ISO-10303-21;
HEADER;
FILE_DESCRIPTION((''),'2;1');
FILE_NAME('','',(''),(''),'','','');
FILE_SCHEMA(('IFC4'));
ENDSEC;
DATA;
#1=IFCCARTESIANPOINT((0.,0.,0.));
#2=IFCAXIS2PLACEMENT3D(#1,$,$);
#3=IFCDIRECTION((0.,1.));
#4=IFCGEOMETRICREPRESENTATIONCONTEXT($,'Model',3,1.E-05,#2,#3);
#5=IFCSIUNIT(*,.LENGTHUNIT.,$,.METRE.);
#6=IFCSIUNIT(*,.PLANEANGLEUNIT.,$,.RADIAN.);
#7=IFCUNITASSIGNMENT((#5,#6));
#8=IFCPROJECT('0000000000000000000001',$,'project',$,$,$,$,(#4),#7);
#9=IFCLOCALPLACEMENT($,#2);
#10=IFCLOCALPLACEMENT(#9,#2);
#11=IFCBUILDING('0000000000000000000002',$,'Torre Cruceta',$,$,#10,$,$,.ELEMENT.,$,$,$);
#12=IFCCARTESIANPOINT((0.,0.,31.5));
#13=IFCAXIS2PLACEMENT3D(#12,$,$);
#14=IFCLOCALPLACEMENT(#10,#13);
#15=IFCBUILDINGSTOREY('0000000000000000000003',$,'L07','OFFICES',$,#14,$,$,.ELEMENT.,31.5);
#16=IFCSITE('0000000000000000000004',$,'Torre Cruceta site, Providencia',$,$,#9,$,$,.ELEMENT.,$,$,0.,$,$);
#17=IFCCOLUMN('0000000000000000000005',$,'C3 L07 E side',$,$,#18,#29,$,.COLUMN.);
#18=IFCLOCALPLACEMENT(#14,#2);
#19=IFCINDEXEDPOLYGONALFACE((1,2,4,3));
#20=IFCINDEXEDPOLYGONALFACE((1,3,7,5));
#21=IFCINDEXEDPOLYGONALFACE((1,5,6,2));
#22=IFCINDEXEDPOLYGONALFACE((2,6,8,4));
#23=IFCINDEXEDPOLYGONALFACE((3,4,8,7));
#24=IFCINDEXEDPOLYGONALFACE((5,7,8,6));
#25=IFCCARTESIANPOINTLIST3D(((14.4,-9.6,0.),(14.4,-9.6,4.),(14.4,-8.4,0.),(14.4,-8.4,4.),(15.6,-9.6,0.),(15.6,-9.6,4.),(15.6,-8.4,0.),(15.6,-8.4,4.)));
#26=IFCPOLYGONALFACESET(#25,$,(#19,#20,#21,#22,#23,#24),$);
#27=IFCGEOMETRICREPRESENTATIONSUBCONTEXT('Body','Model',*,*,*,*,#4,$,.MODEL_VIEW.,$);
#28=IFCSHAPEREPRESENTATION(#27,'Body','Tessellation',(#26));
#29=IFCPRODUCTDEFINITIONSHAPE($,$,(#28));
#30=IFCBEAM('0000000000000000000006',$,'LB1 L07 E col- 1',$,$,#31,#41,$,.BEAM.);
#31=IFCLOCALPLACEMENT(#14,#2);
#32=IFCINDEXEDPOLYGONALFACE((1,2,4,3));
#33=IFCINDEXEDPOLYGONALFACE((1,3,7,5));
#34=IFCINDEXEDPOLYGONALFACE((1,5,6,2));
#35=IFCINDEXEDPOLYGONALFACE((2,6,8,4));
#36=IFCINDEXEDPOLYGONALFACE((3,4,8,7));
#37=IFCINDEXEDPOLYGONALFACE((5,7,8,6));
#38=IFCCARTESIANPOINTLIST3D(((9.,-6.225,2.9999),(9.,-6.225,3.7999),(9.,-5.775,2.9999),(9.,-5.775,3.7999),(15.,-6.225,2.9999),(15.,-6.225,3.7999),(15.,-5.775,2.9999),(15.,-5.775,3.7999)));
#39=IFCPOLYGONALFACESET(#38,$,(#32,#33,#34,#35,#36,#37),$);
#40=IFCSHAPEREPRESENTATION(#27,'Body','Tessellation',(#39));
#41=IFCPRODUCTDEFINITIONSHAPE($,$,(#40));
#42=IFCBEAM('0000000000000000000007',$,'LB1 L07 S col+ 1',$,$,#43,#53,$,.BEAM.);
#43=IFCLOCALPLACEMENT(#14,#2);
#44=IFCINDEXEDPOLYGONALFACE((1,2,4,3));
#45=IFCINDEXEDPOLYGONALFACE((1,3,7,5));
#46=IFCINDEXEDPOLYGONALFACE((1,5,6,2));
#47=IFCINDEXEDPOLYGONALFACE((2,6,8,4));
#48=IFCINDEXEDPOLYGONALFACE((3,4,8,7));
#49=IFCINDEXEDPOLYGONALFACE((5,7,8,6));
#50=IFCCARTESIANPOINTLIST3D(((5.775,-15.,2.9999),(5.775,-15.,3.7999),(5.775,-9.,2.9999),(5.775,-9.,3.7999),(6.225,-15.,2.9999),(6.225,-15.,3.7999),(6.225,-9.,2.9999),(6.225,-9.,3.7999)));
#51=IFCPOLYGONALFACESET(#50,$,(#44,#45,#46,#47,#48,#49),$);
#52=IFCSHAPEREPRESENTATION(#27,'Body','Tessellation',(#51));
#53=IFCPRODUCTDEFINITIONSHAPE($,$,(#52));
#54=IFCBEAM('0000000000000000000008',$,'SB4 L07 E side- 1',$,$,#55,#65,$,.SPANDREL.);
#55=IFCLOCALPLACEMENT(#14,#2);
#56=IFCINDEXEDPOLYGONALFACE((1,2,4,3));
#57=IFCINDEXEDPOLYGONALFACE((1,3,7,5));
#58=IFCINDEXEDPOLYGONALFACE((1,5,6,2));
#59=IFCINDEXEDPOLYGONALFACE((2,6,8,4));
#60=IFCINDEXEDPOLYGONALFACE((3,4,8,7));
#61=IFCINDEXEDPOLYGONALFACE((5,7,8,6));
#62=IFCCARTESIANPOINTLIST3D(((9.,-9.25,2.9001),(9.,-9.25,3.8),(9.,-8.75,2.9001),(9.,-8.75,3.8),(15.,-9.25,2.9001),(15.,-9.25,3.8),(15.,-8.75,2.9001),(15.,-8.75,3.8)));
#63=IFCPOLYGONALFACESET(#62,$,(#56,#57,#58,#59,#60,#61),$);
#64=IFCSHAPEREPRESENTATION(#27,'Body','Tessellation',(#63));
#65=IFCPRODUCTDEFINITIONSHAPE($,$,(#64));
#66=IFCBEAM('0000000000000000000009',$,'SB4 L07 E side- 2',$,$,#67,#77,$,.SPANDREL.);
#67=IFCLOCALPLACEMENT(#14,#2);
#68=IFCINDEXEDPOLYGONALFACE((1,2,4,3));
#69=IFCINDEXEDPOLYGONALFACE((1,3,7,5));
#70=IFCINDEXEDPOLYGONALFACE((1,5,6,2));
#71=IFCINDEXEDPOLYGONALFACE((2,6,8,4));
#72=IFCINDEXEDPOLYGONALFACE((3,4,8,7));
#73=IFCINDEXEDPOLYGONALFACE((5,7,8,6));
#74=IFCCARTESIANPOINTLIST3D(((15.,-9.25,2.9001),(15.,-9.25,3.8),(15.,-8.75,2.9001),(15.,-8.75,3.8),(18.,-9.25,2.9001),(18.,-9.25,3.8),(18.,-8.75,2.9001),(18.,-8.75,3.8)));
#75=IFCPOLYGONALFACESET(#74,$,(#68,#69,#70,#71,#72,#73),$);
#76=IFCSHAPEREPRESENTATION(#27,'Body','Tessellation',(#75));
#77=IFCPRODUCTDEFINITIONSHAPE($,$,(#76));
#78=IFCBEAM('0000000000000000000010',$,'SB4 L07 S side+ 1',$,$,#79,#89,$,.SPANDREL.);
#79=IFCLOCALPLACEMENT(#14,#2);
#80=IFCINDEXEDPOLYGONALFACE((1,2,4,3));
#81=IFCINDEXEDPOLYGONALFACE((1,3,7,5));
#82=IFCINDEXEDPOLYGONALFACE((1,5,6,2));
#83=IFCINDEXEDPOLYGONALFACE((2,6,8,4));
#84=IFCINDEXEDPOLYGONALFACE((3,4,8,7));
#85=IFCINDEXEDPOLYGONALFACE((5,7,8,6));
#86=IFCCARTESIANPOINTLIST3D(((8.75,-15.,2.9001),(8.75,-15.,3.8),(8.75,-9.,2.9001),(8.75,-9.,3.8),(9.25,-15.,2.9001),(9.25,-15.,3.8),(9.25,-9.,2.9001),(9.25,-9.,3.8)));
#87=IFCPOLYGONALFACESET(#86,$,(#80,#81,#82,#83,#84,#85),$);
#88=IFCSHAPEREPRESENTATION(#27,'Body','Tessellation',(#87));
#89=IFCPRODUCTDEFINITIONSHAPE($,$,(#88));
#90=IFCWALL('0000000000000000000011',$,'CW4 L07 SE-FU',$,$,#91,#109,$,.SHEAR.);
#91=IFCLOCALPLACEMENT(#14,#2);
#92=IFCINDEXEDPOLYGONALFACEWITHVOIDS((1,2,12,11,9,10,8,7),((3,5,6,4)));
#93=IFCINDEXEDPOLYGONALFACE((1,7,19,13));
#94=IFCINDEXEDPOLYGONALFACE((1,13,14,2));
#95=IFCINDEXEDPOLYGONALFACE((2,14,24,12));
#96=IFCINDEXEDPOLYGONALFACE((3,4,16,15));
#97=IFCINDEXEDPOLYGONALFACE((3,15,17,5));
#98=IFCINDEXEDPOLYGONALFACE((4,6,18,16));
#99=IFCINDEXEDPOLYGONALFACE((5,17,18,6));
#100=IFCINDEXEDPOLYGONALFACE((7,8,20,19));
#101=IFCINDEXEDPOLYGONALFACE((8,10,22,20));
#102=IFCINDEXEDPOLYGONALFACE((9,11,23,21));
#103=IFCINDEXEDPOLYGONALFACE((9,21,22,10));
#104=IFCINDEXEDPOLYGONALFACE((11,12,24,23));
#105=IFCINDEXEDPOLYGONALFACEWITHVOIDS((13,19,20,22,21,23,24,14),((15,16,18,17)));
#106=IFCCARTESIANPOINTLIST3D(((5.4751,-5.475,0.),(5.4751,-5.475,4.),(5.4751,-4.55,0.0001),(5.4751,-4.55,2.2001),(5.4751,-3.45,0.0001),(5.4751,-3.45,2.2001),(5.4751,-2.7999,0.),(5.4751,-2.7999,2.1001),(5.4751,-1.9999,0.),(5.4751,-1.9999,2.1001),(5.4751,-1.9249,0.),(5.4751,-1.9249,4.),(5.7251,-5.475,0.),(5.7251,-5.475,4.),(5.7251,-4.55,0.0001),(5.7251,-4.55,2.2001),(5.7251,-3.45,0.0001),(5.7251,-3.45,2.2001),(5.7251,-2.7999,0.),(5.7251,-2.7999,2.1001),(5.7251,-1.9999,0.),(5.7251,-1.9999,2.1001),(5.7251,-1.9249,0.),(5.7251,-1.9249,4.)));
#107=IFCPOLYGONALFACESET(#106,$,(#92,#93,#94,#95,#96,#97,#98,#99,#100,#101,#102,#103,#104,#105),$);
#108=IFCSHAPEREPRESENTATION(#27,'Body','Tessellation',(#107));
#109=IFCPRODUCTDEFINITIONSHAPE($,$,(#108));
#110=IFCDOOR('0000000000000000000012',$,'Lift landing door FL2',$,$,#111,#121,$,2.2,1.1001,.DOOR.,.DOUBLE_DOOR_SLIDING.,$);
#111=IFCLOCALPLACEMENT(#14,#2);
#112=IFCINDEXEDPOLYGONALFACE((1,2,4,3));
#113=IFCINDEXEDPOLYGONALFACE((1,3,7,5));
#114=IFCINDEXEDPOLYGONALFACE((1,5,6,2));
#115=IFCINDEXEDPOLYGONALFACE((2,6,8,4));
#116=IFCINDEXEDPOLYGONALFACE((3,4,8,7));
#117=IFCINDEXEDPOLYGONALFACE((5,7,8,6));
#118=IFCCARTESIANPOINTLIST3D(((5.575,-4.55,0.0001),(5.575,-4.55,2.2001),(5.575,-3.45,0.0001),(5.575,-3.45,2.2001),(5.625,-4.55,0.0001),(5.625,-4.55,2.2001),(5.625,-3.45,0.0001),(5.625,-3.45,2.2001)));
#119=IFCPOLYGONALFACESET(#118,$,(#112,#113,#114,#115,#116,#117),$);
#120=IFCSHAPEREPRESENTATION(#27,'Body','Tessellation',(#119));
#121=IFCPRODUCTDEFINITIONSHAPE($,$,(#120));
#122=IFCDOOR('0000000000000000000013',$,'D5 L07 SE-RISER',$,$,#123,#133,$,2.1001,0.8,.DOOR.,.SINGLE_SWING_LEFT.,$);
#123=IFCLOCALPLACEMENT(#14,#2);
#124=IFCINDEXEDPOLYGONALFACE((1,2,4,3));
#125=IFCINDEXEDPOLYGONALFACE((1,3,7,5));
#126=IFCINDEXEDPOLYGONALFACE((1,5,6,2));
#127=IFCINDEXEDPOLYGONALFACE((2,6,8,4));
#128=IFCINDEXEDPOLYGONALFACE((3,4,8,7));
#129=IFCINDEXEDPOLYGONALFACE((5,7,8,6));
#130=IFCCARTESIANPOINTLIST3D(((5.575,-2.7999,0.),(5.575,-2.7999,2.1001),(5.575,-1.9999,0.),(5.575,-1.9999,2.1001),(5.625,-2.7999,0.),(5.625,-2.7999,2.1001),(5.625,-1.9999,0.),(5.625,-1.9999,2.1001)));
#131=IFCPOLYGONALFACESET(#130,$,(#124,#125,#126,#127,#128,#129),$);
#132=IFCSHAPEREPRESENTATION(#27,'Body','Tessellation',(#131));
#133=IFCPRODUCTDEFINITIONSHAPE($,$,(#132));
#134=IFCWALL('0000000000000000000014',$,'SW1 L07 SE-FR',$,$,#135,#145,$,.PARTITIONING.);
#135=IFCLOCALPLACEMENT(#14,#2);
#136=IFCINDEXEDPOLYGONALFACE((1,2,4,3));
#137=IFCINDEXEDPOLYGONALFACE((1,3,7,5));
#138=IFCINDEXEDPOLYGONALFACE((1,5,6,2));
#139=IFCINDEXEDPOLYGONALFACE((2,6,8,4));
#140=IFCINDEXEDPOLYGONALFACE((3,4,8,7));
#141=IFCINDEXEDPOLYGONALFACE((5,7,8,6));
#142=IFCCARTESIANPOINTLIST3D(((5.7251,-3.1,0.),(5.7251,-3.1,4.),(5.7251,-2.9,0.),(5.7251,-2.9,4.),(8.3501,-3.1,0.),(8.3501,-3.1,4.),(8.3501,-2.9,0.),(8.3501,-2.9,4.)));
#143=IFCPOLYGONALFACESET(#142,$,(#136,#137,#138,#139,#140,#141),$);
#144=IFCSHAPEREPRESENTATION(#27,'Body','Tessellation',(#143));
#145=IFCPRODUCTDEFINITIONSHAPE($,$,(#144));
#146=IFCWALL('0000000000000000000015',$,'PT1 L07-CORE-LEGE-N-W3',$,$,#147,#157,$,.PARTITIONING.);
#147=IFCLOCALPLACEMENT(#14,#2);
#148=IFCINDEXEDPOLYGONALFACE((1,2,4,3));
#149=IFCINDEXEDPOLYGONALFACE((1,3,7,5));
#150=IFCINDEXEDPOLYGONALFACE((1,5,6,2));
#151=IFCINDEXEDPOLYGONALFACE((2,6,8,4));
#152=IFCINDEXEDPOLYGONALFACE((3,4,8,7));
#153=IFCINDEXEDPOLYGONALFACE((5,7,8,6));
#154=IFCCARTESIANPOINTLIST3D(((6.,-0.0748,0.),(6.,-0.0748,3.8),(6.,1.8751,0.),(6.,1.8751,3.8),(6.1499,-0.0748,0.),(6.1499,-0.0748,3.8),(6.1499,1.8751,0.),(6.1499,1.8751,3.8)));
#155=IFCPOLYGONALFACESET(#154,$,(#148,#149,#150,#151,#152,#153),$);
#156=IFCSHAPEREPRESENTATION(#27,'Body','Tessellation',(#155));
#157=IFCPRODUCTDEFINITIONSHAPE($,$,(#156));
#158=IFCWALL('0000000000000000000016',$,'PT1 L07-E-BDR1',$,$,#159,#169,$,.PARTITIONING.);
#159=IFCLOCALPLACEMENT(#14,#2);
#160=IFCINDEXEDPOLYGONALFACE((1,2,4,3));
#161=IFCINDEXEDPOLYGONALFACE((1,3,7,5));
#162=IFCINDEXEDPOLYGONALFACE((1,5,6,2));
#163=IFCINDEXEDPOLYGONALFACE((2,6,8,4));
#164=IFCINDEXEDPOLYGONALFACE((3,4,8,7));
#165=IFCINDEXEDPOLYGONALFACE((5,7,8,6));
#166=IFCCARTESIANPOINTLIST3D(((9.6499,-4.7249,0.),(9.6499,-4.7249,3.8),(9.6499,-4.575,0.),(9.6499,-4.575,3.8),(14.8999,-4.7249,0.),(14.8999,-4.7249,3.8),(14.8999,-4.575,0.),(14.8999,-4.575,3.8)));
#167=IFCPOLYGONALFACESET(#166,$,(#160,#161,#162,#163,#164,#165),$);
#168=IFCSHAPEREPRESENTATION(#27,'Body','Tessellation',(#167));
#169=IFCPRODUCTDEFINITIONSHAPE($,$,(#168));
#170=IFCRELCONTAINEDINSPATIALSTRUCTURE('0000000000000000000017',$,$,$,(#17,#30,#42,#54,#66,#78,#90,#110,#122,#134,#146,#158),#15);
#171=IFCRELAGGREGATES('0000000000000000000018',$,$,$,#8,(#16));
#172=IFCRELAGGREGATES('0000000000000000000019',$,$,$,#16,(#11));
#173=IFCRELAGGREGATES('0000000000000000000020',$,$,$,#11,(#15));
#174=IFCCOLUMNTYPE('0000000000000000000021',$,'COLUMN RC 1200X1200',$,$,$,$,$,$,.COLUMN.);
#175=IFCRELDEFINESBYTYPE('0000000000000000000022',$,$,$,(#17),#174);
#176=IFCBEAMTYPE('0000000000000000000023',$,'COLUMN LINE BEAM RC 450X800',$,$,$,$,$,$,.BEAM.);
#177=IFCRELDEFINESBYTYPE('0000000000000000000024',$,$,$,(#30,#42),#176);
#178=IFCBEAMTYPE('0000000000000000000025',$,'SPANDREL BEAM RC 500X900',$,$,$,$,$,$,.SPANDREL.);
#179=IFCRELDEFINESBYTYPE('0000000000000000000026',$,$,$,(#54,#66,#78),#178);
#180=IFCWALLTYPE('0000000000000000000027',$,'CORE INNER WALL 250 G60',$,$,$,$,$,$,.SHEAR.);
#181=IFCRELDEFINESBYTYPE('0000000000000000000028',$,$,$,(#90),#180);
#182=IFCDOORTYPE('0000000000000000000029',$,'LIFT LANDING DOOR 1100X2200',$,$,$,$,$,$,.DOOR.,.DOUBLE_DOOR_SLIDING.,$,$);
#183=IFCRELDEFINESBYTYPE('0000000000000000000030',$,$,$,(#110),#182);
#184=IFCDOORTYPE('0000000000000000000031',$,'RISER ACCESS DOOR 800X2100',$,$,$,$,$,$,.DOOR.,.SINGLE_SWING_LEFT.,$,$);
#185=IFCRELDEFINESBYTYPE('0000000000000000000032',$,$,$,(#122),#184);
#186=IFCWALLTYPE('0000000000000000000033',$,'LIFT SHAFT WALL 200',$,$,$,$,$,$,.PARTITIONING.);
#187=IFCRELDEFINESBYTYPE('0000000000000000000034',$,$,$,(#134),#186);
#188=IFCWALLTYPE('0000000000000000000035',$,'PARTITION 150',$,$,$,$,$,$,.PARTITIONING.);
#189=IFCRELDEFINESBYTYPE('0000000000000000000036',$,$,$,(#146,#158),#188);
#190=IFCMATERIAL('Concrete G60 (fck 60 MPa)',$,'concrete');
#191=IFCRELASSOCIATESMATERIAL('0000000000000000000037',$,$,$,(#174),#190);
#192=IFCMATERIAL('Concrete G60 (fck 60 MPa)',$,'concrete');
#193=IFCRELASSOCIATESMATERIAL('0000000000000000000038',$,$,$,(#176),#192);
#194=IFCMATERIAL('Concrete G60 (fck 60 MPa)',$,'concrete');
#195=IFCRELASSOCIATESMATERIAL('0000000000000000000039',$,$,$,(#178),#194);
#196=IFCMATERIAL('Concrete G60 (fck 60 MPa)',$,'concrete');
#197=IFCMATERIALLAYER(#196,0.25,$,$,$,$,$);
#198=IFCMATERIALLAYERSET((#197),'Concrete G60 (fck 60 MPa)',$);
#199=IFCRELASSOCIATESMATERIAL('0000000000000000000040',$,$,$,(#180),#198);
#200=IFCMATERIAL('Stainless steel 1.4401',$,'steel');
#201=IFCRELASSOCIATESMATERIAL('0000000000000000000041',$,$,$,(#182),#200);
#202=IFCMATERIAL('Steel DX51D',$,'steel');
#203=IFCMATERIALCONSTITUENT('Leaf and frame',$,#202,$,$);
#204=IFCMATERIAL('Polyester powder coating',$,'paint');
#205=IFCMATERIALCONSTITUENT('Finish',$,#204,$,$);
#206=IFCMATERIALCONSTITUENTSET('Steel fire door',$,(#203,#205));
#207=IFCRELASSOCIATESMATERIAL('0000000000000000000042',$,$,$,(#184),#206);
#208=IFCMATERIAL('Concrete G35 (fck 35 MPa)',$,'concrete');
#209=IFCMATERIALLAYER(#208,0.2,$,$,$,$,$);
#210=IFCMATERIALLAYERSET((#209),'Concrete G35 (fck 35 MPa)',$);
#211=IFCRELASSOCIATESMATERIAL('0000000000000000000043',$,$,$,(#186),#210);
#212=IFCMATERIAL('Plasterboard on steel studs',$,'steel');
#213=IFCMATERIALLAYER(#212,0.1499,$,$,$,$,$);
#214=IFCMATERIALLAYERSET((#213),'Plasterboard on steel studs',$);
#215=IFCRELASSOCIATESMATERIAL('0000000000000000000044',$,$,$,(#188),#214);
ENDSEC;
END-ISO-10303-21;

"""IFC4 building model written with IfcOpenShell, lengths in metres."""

from ifc_helpers import new_model, si_unit, direction, frame, frame_2d, origin, origin_2d, place, context, subcontext, project, spatial, rectangle, extrude, material, layer, layer_set, constituent, constituent_set, material_profile, profile_set, type_object, element, fill, save


model = new_model("IFC4")

# Units and contexts
model_context = context("Model", 3, precision=1e-05, world=origin(), true_north=direction((0.0, 1.0)))
body_context = subcontext(model_context, "Body", "Model", "MODEL_VIEW")
ifc_project = project(units=[si_unit("LENGTHUNIT", "METRE"), si_unit("PLANEANGLEUNIT", "RADIAN")], contexts=[model_context])

# Site, building, storey
site_placement = place(None, origin())
site = spatial("IfcSite", under=ifc_project, at=site_placement, Name="Torre Cruceta site, Providencia", CompositionType="ELEMENT", RefElevation=0.0)
building_placement = place(site_placement, origin())
building = spatial("IfcBuilding", under=site, at=building_placement, Name="Torre Cruceta", CompositionType="ELEMENT")
storey_placement = place(building_placement, frame((0.0, 0.0, 31.5)))
storey = spatial("IfcBuildingStorey", under=building, at=storey_placement, Name="L07", Description="OFFICES", CompositionType="ELEMENT", Elevation=31.5)

# Column
ifc_material_1 = material(Name="Concrete G60 (fck 60 MPa)", Category="concrete")
ifc_material_profile_1 = material_profile(ifc_material_1, rectangle(XDim=1.2, YDim=1.2, at=origin_2d()), Name="RC 1200X1200")
ifc_profile_set_1 = profile_set([ifc_material_profile_1], Name="Concrete G60 (fck 60 MPa)")
column_type = type_object("IfcColumnType", Name="COLUMN RC 1200X1200", PredefinedType="COLUMN", material=ifc_profile_set_1)
column_placement = place(storey_placement, frame((15.0, -9.0, 0.0), z_axis=(0.0, 0.0, 1.0), x_axis=(1.0, 0.0, 0.0)))
element("IfcColumn", 1, at=column_placement, inside=storey, type_object=column_type, Name="C3 L07 E side", PredefinedType="COLUMN", context=body_context, shape_type="SweptSolid", body=[
    extrude(rectangle(XDim=1.2, YDim=1.2, at=origin_2d()), origin(), (0.0, 0.0, 1.0), 4.0),
])

# Beams
ifc_material_2 = material(Name="Concrete G60 (fck 60 MPa)", Category="concrete")
ifc_material_profile_2 = material_profile(ifc_material_2, rectangle(XDim=0.45, YDim=0.8, at=origin_2d()), Name="RC 450X800")
ifc_profile_set_2 = profile_set([ifc_material_profile_2], Name="Concrete G60 (fck 60 MPa)")
beam_type_1 = type_object("IfcBeamType", Name="COLUMN LINE BEAM RC 450X800", PredefinedType="BEAM", material=ifc_profile_set_2)
for number, where, z_axis, x_axis, name in (
    (2, (9.0, -6.0, 3.3999), (1.0, 0.0, 0.0), (0.0, 1.0, 0.0), "LB1 L07 E col- 1"),
    (3, (6.0, -9.0, 3.3999), (0.0, -1.0, 0.0), (1.0, 0.0, 0.0), "LB1 L07 S col+ 1"),
):
    element("IfcBeam", number, at=place(storey_placement, frame(where, z_axis=z_axis, x_axis=x_axis)), inside=storey, type_object=beam_type_1, Name=name, PredefinedType="BEAM", context=body_context, shape_type="SweptSolid", body=[
        extrude(rectangle(XDim=0.45, YDim=0.8, at=origin_2d()), origin(), (0.0, 0.0, 1.0), 6.0),
    ])
ifc_material_3 = material(Name="Concrete G60 (fck 60 MPa)", Category="concrete")
ifc_material_profile_3 = material_profile(ifc_material_3, rectangle(XDim=0.5, YDim=0.8999, at=origin_2d()), Name="RC 500X900")
ifc_profile_set_3 = profile_set([ifc_material_profile_3], Name="Concrete G60 (fck 60 MPa)")
beam_type_2 = type_object("IfcBeamType", Name="SPANDREL BEAM RC 500X900", PredefinedType="SPANDREL", material=ifc_profile_set_3)
beam_1_placement = place(storey_placement, frame((9.0, -9.0, 3.3501), z_axis=(1.0, 0.0, 0.0), x_axis=(0.0, 1.0, 0.0)))
element("IfcBeam", 4, at=beam_1_placement, inside=storey, type_object=beam_type_2, Name="SB4 L07 E side- 1", PredefinedType="SPANDREL", context=body_context, shape_type="SweptSolid", body=[
    extrude(rectangle(XDim=0.5, YDim=0.8999, at=origin_2d()), origin(), (0.0, 0.0, 1.0), 6.0),
])
beam_2_placement = place(storey_placement, frame((15.0, -9.0, 3.3501), z_axis=(1.0, 0.0, 0.0), x_axis=(0.0, 1.0, 0.0)))
element("IfcBeam", 5, at=beam_2_placement, inside=storey, type_object=beam_type_2, Name="SB4 L07 E side- 2", PredefinedType="SPANDREL", context=body_context, shape_type="SweptSolid", body=[
    extrude(rectangle(XDim=0.5, YDim=0.8999, at=origin_2d()), origin(), (0.0, 0.0, 1.0), 3.0),
])
beam_3_placement = place(storey_placement, frame((9.0, -9.0, 3.3501), z_axis=(0.0, -1.0, 0.0), x_axis=(1.0, 0.0, 0.0)))
element("IfcBeam", 6, at=beam_3_placement, inside=storey, type_object=beam_type_2, Name="SB4 L07 S side+ 1", PredefinedType="SPANDREL", context=body_context, shape_type="SweptSolid", body=[
    extrude(rectangle(XDim=0.5, YDim=0.8999, at=origin_2d()), origin(), (0.0, 0.0, 1.0), 6.0),
])

# Wall, openings, doors
ifc_material_4 = material(Name="Concrete G60 (fck 60 MPa)", Category="concrete")
ifc_layer_1 = layer(ifc_material_4, 0.25)
ifc_layer_set_1 = layer_set([ifc_layer_1], Name="Concrete G60 (fck 60 MPa)")
wall_type_1 = type_object("IfcWallType", Name="CORE INNER WALL 250 G60", PredefinedType="SHEAR", material=ifc_layer_set_1)
wall_1_placement = place(storey_placement, frame((5.6001, -1.925, 0.0), z_axis=(0.0, 0.0, 1.0), x_axis=(0.0, -1.0, 0.0)))
wall_1 = element("IfcWall", 7, at=wall_1_placement, inside=storey, type_object=wall_type_1, Name="CW4 L07 SE-FU", PredefinedType="SHEAR", context=body_context, shape_type="SweptSolid", body=[
    extrude(rectangle(XDim=3.55, YDim=0.25, at=frame_2d((1.7749, 0.0))), origin(), (0.0, 0.0, 1.0), 4.0),
])
opening_1_placement = place(wall_1_placement, frame((1.5249, 0.0, 0.0)))
opening_1 = element("IfcOpeningElement", 8, at=opening_1_placement, cuts=wall_1, PredefinedType="OPENING", context=body_context, shape_type="SweptSolid", body=[
    extrude(rectangle(XDim=1.1001, YDim=2.2, at=frame_2d((0.55, 1.1001))), frame((0.0, 0.135, 0.0), z_axis=(0.0, -1.0, 0.0), x_axis=(1.0, 0.0, 0.0)), (0.0, 0.0, 1.0), 0.27),
])
opening_2_placement = place(wall_1_placement, frame((0.075, 0.0, 0.0)))
opening_2 = element("IfcOpeningElement", 9, at=opening_2_placement, cuts=wall_1, PredefinedType="OPENING", context=body_context, shape_type="SweptSolid", body=[
    extrude(rectangle(XDim=0.8, YDim=2.1001, at=frame_2d((0.3999, 1.05))), frame((0.0, 0.135, 0.0), z_axis=(0.0, -1.0, 0.0), x_axis=(1.0, 0.0, 0.0)), (0.0, 0.0, 1.0), 0.27),
])
ifc_material_5 = material(Name="Stainless steel 1.4401", Category="steel")
door_type_1 = type_object("IfcDoorType", Name="LIFT LANDING DOOR 1100X2200", OperationType="DOUBLE_DOOR_SLIDING", PredefinedType="DOOR", material=ifc_material_5)
door_1_placement = place(opening_1_placement, origin())
door_1 = element("IfcDoor", 10, at=door_1_placement, inside=storey, type_object=door_type_1, Name="Lift landing door FL2", OperationType="DOUBLE_DOOR_SLIDING", OverallHeight=2.2, OverallWidth=1.1001, PredefinedType="DOOR", context=body_context, shape_type="SweptSolid", body=[
    extrude(rectangle(XDim=1.1001, YDim=2.2, at=frame_2d((0.55, 1.1001))), frame((0.0, 0.0249, 0.0), z_axis=(0.0, -1.0, 0.0), x_axis=(1.0, 0.0, 0.0)), (0.0, 0.0, 1.0), 0.05),
])
fill(opening_1, door_1)
ifc_material_6 = material(Name="Steel DX51D", Category="steel")
ifc_constituent_1 = constituent(ifc_material_6, Name="Leaf and frame")
ifc_material_7 = material(Name="Polyester powder coating", Category="paint")
ifc_constituent_2 = constituent(ifc_material_7, Name="Finish")
ifc_constituent_set_1 = constituent_set(constituents=[ifc_constituent_1, ifc_constituent_2], Name="Steel fire door")
door_type_2 = type_object("IfcDoorType", Name="RISER ACCESS DOOR 800X2100", OperationType="SINGLE_SWING_LEFT", PredefinedType="DOOR", material=ifc_constituent_set_1)
door_2_placement = place(opening_2_placement, origin())
door_2 = element("IfcDoor", 11, at=door_2_placement, inside=storey, type_object=door_type_2, Name="D5 L07 SE-RISER", OperationType="SINGLE_SWING_LEFT", OverallHeight=2.1001, OverallWidth=0.8, PredefinedType="DOOR", context=body_context, shape_type="SweptSolid", body=[
    extrude(rectangle(XDim=0.8, YDim=2.1001, at=frame_2d((0.3999, 1.05))), frame((0.0, 0.0249, 0.0), z_axis=(0.0, -1.0, 0.0), x_axis=(1.0, 0.0, 0.0)), (0.0, 0.0, 1.0), 0.05),
])
fill(opening_2, door_2)

# Walls
ifc_material_8 = material(Name="Concrete G35 (fck 35 MPa)", Category="concrete")
ifc_layer_2 = layer(ifc_material_8, 0.2)
ifc_layer_set_2 = layer_set([ifc_layer_2], Name="Concrete G35 (fck 35 MPa)")
wall_type_2 = type_object("IfcWallType", Name="LIFT SHAFT WALL 200", PredefinedType="PARTITIONING", material=ifc_layer_set_2)
wall_2_placement = place(storey_placement, frame((5.7251, -3.0, 0.0), z_axis=(0.0, 0.0, 1.0), x_axis=(1.0, 0.0, 0.0)))
element("IfcWall", 12, at=wall_2_placement, inside=storey, type_object=wall_type_2, Name="SW1 L07 SE-FR", PredefinedType="PARTITIONING", context=body_context, shape_type="SweptSolid", body=[
    extrude(rectangle(XDim=2.625, YDim=0.2, at=frame_2d((1.3125, 0.0))), origin(), (0.0, 0.0, 1.0), 4.0),
])
ifc_material_9 = material(Name="Plasterboard on steel studs", Category="steel")
ifc_layer_3 = layer(ifc_material_9, 0.1499)
ifc_layer_set_3 = layer_set([ifc_layer_3], Name="Plasterboard on steel studs")
wall_type_3 = type_object("IfcWallType", Name="PARTITION 150", PredefinedType="PARTITIONING", material=ifc_layer_set_3)
wall_3_placement = place(storey_placement, frame((6.075, -0.075, 0.0), z_axis=(0.0, 0.0, 1.0), x_axis=(0.0, 1.0, 0.0)))
element("IfcWall", 13, at=wall_3_placement, inside=storey, type_object=wall_type_3, Name="PT1 L07-CORE-LEGE-N-W3", PredefinedType="PARTITIONING", context=body_context, shape_type="SweptSolid", body=[
    extrude(rectangle(XDim=1.95, YDim=0.1499, at=frame_2d((0.9751, 0.0))), origin(), (0.0, 0.0, 1.0), 3.8),
])
wall_4_placement = place(storey_placement, frame((9.6499, -4.6499, 0.0), z_axis=(0.0, 0.0, 1.0), x_axis=(1.0, 0.0, 0.0)))
element("IfcWall", 14, at=wall_4_placement, inside=storey, type_object=wall_type_3, Name="PT1 L07-E-BDR1", PredefinedType="PARTITIONING", context=body_context, shape_type="SweptSolid", body=[
    extrude(rectangle(XDim=5.25, YDim=0.1499, at=frame_2d((2.625, 0.0))), origin(), (0.0, 0.0, 1.0), 3.8),
])

save(model, "model.ifc")
